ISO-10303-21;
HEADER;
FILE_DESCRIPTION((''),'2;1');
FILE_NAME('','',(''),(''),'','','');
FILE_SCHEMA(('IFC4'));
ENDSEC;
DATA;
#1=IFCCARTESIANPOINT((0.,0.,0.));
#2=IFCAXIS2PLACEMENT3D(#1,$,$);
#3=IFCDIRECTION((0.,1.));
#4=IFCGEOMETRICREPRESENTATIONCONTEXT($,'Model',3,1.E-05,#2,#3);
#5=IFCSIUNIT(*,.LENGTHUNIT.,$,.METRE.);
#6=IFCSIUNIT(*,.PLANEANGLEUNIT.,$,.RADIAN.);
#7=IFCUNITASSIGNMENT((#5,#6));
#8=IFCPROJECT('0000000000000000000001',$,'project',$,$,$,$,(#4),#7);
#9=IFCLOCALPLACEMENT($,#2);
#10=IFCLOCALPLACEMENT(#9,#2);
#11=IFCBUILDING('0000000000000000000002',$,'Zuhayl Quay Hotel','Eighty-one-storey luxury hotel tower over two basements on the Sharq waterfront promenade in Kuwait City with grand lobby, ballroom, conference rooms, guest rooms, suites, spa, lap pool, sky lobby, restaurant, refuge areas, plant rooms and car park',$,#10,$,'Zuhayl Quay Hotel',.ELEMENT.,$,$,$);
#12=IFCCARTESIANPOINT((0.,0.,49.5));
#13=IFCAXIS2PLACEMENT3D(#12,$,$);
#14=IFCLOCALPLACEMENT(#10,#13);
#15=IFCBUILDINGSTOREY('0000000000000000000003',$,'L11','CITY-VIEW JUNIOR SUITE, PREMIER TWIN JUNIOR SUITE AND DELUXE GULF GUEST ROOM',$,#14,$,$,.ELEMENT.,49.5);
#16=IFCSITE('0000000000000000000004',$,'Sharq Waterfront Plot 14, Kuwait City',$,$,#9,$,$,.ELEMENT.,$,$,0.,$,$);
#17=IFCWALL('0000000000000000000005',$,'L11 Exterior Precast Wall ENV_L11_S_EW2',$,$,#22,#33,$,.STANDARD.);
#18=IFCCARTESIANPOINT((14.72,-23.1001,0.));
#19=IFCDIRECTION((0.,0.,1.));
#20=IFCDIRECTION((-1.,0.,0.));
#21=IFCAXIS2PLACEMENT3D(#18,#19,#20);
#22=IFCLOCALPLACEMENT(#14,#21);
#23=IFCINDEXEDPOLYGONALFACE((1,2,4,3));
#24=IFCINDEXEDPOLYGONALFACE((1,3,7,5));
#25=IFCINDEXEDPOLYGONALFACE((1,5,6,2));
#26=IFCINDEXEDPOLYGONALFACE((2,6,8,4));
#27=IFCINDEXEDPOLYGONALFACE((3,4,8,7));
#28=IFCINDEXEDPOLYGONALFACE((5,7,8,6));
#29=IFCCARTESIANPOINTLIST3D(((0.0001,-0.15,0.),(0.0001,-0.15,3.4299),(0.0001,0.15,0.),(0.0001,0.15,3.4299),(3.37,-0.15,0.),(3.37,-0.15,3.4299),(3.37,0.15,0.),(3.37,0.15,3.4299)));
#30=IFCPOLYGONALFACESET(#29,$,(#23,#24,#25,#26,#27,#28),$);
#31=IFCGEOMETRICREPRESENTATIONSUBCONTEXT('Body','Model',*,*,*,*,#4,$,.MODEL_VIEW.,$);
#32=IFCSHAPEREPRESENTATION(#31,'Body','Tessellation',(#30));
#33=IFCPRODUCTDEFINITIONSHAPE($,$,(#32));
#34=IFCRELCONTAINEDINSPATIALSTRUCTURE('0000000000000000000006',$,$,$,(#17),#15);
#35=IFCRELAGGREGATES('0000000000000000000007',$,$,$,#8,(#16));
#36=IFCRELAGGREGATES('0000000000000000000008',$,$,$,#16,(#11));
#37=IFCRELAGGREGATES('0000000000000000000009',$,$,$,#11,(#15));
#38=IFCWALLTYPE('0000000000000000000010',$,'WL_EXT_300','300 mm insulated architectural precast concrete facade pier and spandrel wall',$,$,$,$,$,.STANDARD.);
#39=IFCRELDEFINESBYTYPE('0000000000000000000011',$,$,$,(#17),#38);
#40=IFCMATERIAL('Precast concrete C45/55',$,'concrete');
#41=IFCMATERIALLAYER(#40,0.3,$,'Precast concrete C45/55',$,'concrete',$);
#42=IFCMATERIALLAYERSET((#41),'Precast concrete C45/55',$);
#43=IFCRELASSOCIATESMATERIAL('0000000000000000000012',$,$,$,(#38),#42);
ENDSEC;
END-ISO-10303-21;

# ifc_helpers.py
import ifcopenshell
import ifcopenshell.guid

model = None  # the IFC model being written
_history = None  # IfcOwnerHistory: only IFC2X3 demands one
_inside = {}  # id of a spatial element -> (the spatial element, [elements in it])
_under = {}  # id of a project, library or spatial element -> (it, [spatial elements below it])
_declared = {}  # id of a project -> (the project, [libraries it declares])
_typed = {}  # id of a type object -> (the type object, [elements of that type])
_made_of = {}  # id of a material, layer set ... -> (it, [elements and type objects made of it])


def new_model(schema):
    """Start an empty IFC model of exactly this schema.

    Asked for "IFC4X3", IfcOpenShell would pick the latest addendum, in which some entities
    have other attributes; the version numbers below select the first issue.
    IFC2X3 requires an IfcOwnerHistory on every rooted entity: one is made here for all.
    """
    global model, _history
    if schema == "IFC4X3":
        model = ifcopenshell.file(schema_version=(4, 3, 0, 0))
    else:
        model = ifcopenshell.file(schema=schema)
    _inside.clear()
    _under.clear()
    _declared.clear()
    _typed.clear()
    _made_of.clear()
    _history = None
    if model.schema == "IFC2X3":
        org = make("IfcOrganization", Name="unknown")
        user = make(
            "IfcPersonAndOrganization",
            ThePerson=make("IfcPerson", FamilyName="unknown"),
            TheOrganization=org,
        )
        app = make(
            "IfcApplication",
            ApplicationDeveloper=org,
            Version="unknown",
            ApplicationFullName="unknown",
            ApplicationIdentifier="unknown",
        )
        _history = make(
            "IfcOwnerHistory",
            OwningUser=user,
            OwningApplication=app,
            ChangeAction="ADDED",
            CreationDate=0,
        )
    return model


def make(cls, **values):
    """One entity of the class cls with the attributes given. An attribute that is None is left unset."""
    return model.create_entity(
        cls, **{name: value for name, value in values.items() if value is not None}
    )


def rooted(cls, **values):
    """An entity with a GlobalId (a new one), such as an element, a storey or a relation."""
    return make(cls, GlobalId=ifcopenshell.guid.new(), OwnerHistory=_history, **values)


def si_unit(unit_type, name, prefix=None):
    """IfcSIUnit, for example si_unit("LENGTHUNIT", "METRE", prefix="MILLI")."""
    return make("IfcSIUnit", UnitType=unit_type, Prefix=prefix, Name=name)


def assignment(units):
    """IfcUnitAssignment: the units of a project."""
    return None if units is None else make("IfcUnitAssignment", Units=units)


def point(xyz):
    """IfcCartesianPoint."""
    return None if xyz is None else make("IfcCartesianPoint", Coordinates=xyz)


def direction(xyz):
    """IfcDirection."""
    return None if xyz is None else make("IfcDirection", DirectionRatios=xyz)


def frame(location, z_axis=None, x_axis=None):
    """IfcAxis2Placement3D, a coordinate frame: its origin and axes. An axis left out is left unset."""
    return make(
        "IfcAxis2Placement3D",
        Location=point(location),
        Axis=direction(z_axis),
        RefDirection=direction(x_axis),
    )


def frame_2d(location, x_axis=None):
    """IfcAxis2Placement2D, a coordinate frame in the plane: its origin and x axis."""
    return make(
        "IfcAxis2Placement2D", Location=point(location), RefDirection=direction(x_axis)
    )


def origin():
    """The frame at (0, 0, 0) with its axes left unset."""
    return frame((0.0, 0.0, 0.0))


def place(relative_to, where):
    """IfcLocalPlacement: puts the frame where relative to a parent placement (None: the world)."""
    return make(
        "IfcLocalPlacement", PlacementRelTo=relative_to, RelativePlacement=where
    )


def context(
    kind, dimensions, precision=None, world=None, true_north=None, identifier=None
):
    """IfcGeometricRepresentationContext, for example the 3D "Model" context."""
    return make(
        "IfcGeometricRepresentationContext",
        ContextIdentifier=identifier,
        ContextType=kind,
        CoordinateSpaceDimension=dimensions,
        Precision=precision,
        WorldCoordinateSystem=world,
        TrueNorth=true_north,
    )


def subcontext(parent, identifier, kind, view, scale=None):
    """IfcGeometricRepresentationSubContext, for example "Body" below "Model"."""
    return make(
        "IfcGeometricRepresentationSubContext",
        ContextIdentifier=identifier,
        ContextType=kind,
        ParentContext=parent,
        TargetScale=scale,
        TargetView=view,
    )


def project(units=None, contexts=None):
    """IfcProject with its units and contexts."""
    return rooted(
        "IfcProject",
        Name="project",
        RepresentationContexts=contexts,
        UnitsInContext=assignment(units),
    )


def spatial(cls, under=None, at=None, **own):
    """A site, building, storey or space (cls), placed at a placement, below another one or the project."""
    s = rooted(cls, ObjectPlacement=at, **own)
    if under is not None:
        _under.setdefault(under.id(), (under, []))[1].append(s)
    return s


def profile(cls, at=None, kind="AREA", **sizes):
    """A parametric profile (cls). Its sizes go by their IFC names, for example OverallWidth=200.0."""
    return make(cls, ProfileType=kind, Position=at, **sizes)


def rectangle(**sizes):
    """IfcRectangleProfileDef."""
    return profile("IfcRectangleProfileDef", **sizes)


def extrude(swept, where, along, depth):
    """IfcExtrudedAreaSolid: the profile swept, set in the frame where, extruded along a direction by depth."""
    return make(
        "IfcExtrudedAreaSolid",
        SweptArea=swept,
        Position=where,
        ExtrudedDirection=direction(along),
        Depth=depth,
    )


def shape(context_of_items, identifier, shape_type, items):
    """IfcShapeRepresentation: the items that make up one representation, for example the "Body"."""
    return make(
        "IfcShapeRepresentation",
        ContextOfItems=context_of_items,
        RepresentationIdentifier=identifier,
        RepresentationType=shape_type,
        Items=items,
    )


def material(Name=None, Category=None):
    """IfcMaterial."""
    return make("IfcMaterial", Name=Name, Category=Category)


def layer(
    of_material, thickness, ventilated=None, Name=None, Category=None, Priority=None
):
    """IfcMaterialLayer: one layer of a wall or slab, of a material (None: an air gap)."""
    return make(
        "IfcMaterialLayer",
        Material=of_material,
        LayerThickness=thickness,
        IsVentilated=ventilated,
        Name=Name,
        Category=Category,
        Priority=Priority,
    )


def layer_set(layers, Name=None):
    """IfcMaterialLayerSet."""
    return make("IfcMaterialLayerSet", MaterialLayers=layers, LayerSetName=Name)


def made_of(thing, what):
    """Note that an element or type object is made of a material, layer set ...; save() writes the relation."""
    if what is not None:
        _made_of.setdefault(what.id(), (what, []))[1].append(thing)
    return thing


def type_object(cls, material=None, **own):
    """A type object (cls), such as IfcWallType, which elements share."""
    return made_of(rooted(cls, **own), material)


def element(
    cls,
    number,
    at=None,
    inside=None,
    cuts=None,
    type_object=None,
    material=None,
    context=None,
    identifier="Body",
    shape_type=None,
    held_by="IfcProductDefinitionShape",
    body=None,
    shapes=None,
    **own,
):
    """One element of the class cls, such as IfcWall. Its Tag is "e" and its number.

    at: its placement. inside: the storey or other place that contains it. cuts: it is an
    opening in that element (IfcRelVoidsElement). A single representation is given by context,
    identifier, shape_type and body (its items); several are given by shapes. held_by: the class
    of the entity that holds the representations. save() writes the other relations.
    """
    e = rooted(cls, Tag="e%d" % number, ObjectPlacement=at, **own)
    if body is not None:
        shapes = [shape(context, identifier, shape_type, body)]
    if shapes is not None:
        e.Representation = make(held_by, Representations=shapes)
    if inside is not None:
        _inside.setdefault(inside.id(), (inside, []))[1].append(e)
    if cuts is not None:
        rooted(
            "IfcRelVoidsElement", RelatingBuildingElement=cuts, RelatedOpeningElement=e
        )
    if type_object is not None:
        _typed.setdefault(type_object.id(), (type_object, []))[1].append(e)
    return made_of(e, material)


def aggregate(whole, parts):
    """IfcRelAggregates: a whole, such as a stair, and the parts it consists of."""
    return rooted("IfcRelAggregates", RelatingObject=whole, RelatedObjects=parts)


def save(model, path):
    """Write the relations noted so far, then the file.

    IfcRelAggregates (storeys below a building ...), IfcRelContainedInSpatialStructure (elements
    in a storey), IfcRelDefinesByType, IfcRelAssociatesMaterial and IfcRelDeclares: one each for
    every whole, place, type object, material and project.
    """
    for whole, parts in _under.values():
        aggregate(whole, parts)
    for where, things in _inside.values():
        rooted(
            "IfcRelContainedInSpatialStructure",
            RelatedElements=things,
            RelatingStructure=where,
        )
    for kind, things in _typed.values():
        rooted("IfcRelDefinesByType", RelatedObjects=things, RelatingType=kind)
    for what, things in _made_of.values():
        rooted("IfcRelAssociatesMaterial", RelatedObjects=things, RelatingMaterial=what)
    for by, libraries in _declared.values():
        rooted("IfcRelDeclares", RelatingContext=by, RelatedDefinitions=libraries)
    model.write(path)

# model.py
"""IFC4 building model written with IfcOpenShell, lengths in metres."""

from ifc_helpers import new_model, si_unit, direction, frame, frame_2d, origin, place, context, subcontext, project, spatial, rectangle, extrude, material, layer, layer_set, type_object, element, save


model = new_model("IFC4")

# Units and contexts
model_context = context("Model", 3, precision=1e-05, world=origin(), true_north=direction((0.0, 1.0)))
body_context = subcontext(model_context, "Body", "Model", "MODEL_VIEW")
ifc_project = project(units=[si_unit("LENGTHUNIT", "METRE"), si_unit("PLANEANGLEUNIT", "RADIAN")], contexts=[model_context])

# Site, building, storey
site_placement = place(None, origin())
site = spatial("IfcSite", under=ifc_project, at=site_placement, Name="Sharq Waterfront Plot 14, Kuwait City", CompositionType="ELEMENT", RefElevation=0.0)
building_placement = place(site_placement, origin())
building = spatial("IfcBuilding", under=site, at=building_placement, Name="Zuhayl Quay Hotel", Description="Eighty-one-storey luxury hotel tower over two basements on the Sharq waterfront promenade in Kuwait City with grand lobby, ballroom, conference rooms, guest rooms, suites, spa, lap pool, sky lobby, restaurant, refuge areas, plant rooms and car park", LongName="Zuhayl Quay Hotel", CompositionType="ELEMENT")
storey_placement = place(building_placement, frame((0.0, 0.0, 49.5)))
storey = spatial("IfcBuildingStorey", under=building, at=storey_placement, Name="L11", Description="CITY-VIEW JUNIOR SUITE, PREMIER TWIN JUNIOR SUITE AND DELUXE GULF GUEST ROOM", CompositionType="ELEMENT", Elevation=49.5)

# Shared definitions
ifc_material_1 = material(Name="Precast concrete C45/55", Category="concrete")
ifc_layer_1 = layer(ifc_material_1, 0.3, Name="Precast concrete C45/55", Category="concrete")
ifc_layer_set_1 = layer_set([ifc_layer_1], Name="Precast concrete C45/55")
wall_type_1 = type_object("IfcWallType", Name="WL_EXT_300", Description="300 mm insulated architectural precast concrete facade pier and spandrel wall", PredefinedType="STANDARD", material=ifc_layer_set_1)

# Wall
wall_1_placement = place(storey_placement, frame((14.72, -23.1001, 0.0), z_axis=(0.0, 0.0, 1.0), x_axis=(-1.0, 0.0, 0.0)))
element("IfcWall", 1, at=wall_1_placement, inside=storey, type_object=wall_type_1, Name="L11 Exterior Precast Wall ENV_L11_S_EW2", PredefinedType="STANDARD", context=body_context, shape_type="SweptSolid", body=[
    extrude(rectangle(XDim=3.3699, YDim=0.3, at=frame_2d((1.6851, 0.0))), origin(), (0.0, 0.0, 1.0), 3.4299),
])

save(model, "model.ifc")
